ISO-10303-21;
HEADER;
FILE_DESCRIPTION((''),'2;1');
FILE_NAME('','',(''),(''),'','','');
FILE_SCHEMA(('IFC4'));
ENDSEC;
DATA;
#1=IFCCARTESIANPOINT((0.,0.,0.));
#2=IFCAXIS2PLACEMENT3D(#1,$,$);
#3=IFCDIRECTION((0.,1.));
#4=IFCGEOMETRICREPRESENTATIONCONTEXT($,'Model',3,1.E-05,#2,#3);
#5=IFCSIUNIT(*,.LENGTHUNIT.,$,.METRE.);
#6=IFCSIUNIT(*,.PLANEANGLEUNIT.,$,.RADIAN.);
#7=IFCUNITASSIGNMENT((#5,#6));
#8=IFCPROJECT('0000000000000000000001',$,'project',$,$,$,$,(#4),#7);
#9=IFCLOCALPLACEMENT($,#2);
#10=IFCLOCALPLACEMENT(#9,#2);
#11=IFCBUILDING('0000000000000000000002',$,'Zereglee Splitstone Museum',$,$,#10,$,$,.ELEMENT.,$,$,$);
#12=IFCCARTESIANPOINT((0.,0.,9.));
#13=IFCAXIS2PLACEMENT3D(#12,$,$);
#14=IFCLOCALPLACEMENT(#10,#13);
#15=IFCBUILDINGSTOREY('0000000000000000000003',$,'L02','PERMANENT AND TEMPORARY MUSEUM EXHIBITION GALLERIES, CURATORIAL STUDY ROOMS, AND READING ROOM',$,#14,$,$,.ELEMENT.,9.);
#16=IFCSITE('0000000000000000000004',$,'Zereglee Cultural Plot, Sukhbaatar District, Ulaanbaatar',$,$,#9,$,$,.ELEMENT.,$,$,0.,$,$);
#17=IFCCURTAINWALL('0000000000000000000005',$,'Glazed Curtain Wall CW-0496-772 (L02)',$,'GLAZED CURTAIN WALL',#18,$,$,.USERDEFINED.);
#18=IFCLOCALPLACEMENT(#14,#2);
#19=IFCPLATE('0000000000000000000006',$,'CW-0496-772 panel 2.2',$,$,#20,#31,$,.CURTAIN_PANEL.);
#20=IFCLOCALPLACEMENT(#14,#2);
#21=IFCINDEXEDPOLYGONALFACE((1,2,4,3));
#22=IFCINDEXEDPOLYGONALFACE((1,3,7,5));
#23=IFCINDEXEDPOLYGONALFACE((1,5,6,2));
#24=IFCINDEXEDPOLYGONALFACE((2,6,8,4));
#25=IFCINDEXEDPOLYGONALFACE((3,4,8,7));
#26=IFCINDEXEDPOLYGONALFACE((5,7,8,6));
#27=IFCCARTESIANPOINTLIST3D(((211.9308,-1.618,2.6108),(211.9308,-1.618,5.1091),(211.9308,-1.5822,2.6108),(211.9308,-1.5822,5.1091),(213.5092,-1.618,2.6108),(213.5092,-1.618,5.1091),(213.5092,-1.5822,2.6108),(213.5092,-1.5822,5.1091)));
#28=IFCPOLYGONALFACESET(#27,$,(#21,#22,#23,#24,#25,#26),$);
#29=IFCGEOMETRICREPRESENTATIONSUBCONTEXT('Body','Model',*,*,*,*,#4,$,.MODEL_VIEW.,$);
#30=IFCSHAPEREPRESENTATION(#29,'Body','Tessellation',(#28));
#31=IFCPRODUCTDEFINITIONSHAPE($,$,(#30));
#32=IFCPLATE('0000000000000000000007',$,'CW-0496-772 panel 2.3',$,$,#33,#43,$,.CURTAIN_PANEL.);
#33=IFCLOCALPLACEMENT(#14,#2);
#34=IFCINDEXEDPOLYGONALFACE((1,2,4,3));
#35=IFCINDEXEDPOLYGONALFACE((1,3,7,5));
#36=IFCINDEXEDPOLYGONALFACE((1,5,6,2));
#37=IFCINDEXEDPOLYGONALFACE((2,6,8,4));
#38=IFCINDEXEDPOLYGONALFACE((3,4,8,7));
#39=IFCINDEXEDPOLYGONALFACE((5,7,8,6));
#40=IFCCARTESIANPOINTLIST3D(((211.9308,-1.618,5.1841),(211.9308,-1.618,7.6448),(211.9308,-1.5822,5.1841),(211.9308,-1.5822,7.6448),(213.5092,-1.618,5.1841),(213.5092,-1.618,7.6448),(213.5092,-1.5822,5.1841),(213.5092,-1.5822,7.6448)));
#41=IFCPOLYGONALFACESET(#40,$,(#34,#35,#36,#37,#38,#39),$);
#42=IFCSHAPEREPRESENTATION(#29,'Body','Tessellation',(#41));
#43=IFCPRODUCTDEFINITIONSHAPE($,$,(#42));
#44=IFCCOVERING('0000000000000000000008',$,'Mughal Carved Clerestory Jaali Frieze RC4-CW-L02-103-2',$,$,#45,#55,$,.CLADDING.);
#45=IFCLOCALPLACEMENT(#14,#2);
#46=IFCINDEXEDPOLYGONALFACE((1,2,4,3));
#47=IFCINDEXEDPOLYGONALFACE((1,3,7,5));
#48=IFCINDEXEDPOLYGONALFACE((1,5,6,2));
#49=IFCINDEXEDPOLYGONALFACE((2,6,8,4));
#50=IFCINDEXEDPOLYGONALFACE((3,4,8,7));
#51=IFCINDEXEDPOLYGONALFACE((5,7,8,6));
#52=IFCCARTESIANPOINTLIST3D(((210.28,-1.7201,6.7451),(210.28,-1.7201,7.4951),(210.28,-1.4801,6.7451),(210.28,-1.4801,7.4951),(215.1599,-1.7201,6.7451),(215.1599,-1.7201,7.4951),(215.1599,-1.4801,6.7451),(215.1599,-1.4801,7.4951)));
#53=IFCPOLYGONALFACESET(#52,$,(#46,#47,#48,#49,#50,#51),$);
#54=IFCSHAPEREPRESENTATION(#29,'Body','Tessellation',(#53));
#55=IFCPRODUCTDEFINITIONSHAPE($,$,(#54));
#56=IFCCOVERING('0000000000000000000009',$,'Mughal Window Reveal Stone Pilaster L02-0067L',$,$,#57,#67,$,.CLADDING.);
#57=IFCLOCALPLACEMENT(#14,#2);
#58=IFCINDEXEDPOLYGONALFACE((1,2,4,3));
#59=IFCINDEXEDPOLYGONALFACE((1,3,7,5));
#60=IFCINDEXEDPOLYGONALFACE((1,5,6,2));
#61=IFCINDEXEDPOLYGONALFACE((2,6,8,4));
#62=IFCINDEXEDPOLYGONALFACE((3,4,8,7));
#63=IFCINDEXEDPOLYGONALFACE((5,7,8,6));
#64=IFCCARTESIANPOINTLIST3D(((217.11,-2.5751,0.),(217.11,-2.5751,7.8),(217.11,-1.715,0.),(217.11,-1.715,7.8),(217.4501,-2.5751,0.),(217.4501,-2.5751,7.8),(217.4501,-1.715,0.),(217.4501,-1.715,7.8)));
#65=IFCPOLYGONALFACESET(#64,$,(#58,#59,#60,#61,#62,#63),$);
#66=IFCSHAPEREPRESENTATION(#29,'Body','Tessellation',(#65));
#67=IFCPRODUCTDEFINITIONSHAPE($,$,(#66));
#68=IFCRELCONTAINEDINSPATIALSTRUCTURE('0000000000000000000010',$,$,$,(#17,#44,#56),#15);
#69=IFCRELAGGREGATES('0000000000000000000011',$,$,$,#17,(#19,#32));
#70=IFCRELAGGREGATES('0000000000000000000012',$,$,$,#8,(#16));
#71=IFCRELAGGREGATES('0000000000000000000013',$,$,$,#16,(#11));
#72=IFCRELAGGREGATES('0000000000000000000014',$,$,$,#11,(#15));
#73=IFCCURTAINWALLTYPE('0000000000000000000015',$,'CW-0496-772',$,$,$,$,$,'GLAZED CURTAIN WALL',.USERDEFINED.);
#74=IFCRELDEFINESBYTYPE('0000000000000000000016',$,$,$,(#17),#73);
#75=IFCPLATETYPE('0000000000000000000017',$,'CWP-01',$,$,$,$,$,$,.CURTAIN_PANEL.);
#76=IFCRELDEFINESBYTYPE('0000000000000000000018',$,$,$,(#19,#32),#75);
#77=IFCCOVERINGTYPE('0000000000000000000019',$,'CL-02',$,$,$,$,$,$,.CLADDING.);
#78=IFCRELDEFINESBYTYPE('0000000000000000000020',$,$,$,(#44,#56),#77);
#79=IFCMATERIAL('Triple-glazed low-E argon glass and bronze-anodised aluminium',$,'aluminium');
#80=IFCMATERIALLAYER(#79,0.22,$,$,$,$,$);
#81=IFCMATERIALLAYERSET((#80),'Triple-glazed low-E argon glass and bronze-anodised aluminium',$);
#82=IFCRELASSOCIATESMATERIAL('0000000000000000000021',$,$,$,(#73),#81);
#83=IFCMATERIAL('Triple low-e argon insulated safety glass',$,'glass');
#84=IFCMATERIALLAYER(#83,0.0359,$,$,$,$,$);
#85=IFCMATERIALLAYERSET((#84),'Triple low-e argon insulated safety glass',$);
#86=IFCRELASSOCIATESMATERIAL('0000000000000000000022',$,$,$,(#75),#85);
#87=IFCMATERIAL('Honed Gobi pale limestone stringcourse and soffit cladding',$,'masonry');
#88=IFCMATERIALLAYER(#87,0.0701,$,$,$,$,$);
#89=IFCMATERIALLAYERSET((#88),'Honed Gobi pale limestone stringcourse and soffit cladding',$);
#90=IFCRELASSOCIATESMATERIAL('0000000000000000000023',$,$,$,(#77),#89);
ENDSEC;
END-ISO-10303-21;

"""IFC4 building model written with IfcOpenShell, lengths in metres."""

from ifc_helpers import new_model, si_unit, direction, frame, origin, origin_2d, place, context, subcontext, project, spatial, rectangle, extrude, material, layer, layer_set, type_object, element, aggregate, save


model = new_model("IFC4")

# Units and contexts
model_context = context("Model", 3, precision=1e-05, world=origin(), true_north=direction((0.0, 1.0)))
body_context = subcontext(model_context, "Body", "Model", "MODEL_VIEW")
ifc_project = project(units=[si_unit("LENGTHUNIT", "METRE"), si_unit("PLANEANGLEUNIT", "RADIAN")], contexts=[model_context])

# Site, building, storey
site_placement = place(None, origin())
site = spatial("IfcSite", under=ifc_project, at=site_placement, Name="Zereglee Cultural Plot, Sukhbaatar District, Ulaanbaatar", CompositionType="ELEMENT", RefElevation=0.0)
building_placement = place(site_placement, origin())
building = spatial("IfcBuilding", under=site, at=building_placement, Name="Zereglee Splitstone Museum", CompositionType="ELEMENT")
storey_placement = place(building_placement, frame((0.0, 0.0, 9.0)))
storey = spatial("IfcBuildingStorey", under=building, at=storey_placement, Name="L02", Description="PERMANENT AND TEMPORARY MUSEUM EXHIBITION GALLERIES, CURATORIAL STUDY ROOMS, AND READING ROOM", CompositionType="ELEMENT", Elevation=9.0)

# Curtain wall
ifc_material_1 = material(Name="Triple-glazed low-E argon glass and bronze-anodised aluminium", Category="aluminium")
ifc_layer_1 = layer(ifc_material_1, 0.22)
ifc_layer_set_1 = layer_set([ifc_layer_1], Name="Triple-glazed low-E argon glass and bronze-anodised aluminium")
curtain_wall_type_1 = type_object("IfcCurtainWallType", Name="CW-0496-772", ElementType="GLAZED CURTAIN WALL", PredefinedType="USERDEFINED", material=ifc_layer_set_1)
curtain_wall_1_placement = place(storey_placement, origin())
curtain_wall_1 = element("IfcCurtainWall", 1, at=curtain_wall_1_placement, inside=storey, type_object=curtain_wall_type_1, Name="Glazed Curtain Wall CW-0496-772 (L02)", ObjectType="GLAZED CURTAIN WALL", PredefinedType="USERDEFINED")

# Plates
ifc_material_2 = material(Name="Triple low-e argon insulated safety glass", Category="glass")
ifc_layer_2 = layer(ifc_material_2, 0.0359)
ifc_layer_set_2 = layer_set([ifc_layer_2], Name="Triple low-e argon insulated safety glass")
plate_type = type_object("IfcPlateType", Name="CWP-01", PredefinedType="CURTAIN_PANEL", material=ifc_layer_set_2)
plate_1_placement = place(storey_placement, frame((212.72, -1.6001, 2.6108), z_axis=(0.0, 0.0, 1.0), x_axis=(1.0, 0.0, 0.0)))
plate_1 = element("IfcPlate", 2, at=plate_1_placement, type_object=plate_type, Name="CW-0496-772 panel 2.2", PredefinedType="CURTAIN_PANEL", context=body_context, shape_type="SweptSolid", body=[
    extrude(rectangle(XDim=1.5784, YDim=0.0359, at=origin_2d()), origin(), (0.0, 0.0, 1.0), 2.4983),
])
plate_2_placement = place(storey_placement, frame((212.72, -1.6001, 5.1841), z_axis=(0.0, 0.0, 1.0), x_axis=(1.0, 0.0, 0.0)))
plate_2 = element("IfcPlate", 3, at=plate_2_placement, type_object=plate_type, Name="CW-0496-772 panel 2.3", PredefinedType="CURTAIN_PANEL", context=body_context, shape_type="SweptSolid", body=[
    extrude(rectangle(XDim=1.5784, YDim=0.0359, at=origin_2d()), origin(), (0.0, 0.0, 1.0), 2.4607),
])
aggregate(curtain_wall_1, [plate_1, plate_2])

# Coverings
ifc_material_3 = material(Name="Honed Gobi pale limestone stringcourse and soffit cladding", Category="masonry")
ifc_layer_3 = layer(ifc_material_3, 0.0701)
ifc_layer_set_3 = layer_set([ifc_layer_3], Name="Honed Gobi pale limestone stringcourse and soffit cladding")
covering_type = type_object("IfcCoveringType", Name="CL-02", PredefinedType="CLADDING", material=ifc_layer_set_3)
covering_1_placement = place(storey_placement, frame((212.72, -1.6001, 6.7451), z_axis=(0.0, 0.0, 1.0), x_axis=(1.0, 0.0, 0.0)))
element("IfcCovering", 4, at=covering_1_placement, inside=storey, type_object=covering_type, Name="Mughal Carved Clerestory Jaali Frieze RC4-CW-L02-103-2", PredefinedType="CLADDING", context=body_context, shape_type="SweptSolid", body=[
    extrude(rectangle(XDim=4.8799, YDim=0.24, at=origin_2d()), origin(), (0.0, 0.0, 1.0), 0.75),
])
covering_2_placement = place(storey_placement, frame((217.28, -2.145, 0.0), z_axis=(0.0, 0.0, 1.0), x_axis=(1.0, 0.0, 0.0)))
element("IfcCovering", 5, at=covering_2_placement, inside=storey, type_object=covering_type, Name="Mughal Window Reveal Stone Pilaster L02-0067L", PredefinedType="CLADDING", context=body_context, shape_type="SweptSolid", body=[
    extrude(rectangle(XDim=0.3401, YDim=0.8601, at=origin_2d()), origin(), (0.0, 0.0, 1.0), 7.8),
])

save(model, "model.ifc")
